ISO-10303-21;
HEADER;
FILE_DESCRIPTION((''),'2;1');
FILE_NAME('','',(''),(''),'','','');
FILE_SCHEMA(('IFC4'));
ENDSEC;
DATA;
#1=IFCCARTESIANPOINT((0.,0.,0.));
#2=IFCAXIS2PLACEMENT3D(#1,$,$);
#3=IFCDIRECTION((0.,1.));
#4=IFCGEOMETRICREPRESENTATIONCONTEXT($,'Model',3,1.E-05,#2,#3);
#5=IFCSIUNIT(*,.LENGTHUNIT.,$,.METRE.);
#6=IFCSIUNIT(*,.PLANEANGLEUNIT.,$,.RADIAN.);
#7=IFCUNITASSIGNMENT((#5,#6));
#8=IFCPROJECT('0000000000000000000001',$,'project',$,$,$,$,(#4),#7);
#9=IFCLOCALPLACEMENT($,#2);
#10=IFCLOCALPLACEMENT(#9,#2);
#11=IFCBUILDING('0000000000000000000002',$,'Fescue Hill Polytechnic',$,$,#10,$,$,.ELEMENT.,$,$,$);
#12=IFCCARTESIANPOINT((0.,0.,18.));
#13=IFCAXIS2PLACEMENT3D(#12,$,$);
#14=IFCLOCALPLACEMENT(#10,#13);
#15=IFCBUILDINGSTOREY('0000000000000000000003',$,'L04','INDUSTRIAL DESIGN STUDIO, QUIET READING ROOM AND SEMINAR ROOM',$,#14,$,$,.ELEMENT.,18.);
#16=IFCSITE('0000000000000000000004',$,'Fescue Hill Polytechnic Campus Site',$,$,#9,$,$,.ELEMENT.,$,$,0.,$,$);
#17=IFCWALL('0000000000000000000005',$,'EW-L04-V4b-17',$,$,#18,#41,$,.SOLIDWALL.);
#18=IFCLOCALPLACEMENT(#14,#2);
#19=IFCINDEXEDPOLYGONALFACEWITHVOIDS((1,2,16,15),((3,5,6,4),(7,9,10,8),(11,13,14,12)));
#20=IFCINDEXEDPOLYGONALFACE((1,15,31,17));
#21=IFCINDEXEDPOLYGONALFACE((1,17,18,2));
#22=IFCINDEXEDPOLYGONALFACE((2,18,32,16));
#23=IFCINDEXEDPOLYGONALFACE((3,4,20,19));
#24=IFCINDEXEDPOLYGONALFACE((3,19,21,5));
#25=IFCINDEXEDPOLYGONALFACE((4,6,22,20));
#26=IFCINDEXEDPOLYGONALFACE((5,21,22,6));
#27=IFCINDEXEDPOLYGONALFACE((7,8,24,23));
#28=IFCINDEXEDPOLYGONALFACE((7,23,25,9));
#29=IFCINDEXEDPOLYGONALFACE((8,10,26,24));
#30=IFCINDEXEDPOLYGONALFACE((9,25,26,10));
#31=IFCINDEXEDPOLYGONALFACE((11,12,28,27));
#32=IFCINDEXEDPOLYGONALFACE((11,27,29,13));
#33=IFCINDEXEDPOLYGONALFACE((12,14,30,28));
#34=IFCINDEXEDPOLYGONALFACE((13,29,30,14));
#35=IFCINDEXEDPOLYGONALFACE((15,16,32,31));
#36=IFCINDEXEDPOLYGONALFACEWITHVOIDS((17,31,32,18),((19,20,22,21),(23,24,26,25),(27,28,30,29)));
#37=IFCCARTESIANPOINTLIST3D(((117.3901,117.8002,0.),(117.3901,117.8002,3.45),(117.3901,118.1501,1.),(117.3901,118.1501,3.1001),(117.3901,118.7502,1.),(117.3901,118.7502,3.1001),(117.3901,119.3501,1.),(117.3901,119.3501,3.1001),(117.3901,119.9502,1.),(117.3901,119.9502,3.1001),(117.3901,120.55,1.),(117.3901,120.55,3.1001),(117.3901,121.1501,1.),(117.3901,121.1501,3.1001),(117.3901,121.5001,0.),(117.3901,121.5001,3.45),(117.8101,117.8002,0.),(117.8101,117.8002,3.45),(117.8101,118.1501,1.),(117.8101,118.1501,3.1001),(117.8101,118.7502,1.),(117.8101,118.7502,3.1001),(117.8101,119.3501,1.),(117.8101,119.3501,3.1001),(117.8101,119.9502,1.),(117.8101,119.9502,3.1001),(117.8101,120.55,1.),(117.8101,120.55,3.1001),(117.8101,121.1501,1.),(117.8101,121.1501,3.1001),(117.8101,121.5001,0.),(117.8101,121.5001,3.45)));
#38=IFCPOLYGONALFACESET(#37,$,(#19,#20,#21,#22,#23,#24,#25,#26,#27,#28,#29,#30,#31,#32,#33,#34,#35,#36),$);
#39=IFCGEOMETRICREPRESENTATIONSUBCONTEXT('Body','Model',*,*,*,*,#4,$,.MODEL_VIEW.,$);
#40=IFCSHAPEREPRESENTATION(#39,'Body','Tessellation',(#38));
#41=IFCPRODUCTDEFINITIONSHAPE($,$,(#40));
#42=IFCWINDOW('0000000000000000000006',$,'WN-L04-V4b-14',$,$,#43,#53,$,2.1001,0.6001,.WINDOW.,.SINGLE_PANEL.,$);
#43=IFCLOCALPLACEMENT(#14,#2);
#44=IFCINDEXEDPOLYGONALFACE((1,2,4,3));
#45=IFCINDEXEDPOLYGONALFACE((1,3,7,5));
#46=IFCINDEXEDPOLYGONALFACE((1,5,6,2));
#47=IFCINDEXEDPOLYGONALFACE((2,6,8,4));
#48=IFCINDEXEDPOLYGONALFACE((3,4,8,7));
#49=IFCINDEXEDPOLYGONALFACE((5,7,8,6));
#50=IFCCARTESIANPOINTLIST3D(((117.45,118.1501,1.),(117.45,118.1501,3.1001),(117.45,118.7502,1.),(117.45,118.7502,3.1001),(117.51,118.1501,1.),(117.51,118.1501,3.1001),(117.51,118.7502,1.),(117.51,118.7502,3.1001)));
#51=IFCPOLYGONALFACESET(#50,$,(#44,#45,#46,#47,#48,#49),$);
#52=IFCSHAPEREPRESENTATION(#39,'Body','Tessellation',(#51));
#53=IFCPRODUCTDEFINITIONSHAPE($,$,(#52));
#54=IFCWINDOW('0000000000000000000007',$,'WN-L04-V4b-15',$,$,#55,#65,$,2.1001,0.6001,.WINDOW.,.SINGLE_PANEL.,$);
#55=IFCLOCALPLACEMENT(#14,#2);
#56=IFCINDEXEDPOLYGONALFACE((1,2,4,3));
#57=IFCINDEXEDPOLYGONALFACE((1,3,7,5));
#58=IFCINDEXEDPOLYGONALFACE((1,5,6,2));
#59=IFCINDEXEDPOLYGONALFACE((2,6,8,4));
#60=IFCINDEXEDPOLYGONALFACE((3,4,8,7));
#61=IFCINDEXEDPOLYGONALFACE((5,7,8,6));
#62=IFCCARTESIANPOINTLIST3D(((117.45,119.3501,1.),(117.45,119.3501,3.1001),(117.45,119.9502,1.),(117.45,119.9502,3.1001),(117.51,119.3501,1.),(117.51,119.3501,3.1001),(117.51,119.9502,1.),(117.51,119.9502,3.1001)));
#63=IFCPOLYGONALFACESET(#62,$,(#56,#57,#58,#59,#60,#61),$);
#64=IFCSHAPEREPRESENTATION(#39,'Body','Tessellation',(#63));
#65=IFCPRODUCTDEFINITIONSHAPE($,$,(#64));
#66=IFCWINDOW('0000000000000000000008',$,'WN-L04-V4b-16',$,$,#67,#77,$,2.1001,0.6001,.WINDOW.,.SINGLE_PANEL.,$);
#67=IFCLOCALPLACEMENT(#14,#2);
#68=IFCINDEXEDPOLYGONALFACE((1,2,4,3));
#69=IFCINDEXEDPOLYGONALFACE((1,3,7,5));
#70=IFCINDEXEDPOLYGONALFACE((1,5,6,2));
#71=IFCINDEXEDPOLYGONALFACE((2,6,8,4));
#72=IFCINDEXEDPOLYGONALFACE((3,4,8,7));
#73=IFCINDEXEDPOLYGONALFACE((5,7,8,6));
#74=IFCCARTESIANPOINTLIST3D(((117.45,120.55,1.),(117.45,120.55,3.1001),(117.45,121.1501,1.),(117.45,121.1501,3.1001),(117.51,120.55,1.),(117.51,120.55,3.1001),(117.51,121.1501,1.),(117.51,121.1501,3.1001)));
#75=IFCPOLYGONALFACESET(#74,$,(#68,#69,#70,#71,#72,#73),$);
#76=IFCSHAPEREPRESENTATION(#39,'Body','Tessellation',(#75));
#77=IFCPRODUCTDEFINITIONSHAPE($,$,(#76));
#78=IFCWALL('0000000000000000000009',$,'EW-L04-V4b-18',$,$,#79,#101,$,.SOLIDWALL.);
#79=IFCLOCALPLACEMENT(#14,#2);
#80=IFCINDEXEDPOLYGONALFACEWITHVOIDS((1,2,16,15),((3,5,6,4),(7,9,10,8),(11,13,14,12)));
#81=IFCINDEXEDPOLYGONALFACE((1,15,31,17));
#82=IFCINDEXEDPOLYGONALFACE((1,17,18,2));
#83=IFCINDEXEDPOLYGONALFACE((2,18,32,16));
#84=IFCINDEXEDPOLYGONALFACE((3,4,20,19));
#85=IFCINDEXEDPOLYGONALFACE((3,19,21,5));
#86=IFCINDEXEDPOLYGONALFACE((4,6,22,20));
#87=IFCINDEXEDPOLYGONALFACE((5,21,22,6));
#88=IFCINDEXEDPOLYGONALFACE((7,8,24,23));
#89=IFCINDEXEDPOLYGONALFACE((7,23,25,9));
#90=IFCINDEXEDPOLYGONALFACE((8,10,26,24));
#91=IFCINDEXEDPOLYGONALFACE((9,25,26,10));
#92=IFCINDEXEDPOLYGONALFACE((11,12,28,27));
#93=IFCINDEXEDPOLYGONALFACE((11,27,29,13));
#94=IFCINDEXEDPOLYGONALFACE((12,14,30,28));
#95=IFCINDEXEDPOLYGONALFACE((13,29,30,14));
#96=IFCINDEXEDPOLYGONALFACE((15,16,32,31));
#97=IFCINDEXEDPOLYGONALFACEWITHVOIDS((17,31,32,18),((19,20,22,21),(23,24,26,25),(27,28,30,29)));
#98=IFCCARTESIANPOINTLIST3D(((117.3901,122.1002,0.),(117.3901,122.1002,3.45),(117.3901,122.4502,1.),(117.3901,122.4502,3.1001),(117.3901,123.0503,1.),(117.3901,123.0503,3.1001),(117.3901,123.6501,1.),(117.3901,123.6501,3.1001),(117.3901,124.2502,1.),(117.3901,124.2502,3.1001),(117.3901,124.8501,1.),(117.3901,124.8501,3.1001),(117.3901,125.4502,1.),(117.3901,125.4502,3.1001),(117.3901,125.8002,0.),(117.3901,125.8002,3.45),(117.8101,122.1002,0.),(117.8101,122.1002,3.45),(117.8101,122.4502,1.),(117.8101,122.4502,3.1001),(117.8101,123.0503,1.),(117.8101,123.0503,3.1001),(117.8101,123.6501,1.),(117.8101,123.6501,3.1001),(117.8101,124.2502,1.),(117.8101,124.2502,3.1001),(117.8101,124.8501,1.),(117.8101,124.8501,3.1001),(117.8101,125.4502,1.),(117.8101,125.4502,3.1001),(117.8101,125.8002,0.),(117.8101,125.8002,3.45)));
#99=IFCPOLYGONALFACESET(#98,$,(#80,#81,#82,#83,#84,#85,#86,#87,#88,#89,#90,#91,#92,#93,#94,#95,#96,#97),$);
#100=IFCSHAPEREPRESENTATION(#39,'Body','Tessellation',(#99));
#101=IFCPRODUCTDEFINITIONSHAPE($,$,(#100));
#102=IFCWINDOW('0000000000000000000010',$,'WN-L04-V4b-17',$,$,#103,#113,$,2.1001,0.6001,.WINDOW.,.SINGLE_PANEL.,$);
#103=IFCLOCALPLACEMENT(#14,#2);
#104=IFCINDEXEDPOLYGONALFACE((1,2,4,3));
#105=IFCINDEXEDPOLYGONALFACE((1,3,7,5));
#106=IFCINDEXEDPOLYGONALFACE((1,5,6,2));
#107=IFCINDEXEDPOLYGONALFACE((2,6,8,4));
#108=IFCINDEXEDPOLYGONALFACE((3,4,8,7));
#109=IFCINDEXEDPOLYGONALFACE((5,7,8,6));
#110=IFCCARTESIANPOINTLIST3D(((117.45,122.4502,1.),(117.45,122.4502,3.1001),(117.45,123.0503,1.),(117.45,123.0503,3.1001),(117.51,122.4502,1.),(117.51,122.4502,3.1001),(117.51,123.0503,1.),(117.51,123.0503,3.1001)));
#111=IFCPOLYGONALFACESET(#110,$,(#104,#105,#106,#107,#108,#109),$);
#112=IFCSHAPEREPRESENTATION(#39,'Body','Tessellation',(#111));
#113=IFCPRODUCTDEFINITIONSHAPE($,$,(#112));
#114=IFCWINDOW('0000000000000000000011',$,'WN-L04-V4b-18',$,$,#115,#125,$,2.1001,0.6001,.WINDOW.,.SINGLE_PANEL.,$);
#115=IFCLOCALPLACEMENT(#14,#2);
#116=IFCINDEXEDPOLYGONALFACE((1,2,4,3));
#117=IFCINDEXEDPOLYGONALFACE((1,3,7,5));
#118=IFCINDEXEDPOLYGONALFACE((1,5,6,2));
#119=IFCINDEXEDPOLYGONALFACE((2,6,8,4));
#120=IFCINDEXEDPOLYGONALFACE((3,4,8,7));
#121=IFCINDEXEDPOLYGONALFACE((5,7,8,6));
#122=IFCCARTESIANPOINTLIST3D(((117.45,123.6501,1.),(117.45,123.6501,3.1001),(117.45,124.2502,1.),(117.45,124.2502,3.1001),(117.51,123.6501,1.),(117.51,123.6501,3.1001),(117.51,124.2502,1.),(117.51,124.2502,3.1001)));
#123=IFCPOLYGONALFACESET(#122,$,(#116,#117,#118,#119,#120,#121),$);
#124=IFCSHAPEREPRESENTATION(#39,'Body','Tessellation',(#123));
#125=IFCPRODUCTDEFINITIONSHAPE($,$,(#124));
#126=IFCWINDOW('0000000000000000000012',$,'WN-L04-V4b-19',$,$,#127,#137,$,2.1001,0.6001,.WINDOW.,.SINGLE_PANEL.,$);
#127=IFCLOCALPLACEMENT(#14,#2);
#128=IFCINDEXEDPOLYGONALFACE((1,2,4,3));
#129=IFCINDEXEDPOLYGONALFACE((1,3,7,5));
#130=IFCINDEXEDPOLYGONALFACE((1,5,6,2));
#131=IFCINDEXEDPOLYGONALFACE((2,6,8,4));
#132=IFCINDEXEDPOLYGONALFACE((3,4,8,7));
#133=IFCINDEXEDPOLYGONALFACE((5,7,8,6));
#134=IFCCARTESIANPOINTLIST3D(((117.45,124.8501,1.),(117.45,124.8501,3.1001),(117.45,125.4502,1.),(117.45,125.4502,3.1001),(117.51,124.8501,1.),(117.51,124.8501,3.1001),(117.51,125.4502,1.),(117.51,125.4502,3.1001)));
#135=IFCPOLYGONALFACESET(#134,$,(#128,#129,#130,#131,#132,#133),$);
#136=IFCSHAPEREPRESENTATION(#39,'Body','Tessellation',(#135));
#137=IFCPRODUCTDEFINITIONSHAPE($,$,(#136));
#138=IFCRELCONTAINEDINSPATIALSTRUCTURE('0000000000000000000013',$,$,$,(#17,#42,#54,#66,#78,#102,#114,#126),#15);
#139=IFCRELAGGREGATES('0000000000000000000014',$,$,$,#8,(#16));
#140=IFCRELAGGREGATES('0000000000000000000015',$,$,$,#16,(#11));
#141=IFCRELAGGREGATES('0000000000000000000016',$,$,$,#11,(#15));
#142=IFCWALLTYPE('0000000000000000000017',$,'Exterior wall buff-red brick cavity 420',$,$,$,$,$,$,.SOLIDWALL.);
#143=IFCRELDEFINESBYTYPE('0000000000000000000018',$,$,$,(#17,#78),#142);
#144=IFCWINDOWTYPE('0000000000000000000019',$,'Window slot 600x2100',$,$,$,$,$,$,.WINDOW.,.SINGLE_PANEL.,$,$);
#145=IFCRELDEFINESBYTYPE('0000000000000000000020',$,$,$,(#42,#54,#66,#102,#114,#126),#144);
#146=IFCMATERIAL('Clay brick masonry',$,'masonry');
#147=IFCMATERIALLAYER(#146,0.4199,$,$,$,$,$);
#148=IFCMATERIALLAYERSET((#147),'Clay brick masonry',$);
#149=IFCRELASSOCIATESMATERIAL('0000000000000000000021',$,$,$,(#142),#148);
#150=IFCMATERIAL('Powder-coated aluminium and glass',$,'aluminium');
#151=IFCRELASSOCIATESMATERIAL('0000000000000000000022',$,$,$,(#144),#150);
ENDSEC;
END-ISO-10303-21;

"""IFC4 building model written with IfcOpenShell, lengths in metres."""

from ifc_helpers import new_model, si_unit, direction, frame, frame_2d, origin, place, context, subcontext, project, spatial, rectangle, extrude, material, layer, layer_set, type_object, element, fill, save


model = new_model("IFC4")

# Units and contexts
model_context = context("Model", 3, precision=1e-05, world=origin(), true_north=direction((0.0, 1.0)))
body_context = subcontext(model_context, "Body", "Model", "MODEL_VIEW")
ifc_project = project(units=[si_unit("LENGTHUNIT", "METRE"), si_unit("PLANEANGLEUNIT", "RADIAN")], contexts=[model_context])

# Site, building, storey
site_placement = place(None, origin())
site = spatial("IfcSite", under=ifc_project, at=site_placement, Name="Fescue Hill Polytechnic Campus Site", CompositionType="ELEMENT", RefElevation=0.0)
building_placement = place(site_placement, origin())
building = spatial("IfcBuilding", under=site, at=building_placement, Name="Fescue Hill Polytechnic", CompositionType="ELEMENT")
storey_placement = place(building_placement, frame((0.0, 0.0, 18.0)))
storey = spatial("IfcBuildingStorey", under=building, at=storey_placement, Name="L04", Description="INDUSTRIAL DESIGN STUDIO, QUIET READING ROOM AND SEMINAR ROOM", CompositionType="ELEMENT", Elevation=18.0)

# Shared definitions
ifc_material_1 = material(Name="Clay brick masonry", Category="masonry")

# Walls, openings, windows
ifc_layer_1 = layer(ifc_material_1, 0.4199)
ifc_layer_set_1 = layer_set([ifc_layer_1], Name="Clay brick masonry")
wall_type_1 = type_object("IfcWallType", Name="Exterior wall buff-red brick cavity 420", PredefinedType="SOLIDWALL", material=ifc_layer_set_1)
wall_1_placement = place(storey_placement, frame((117.6001, 117.8, 0.0), z_axis=(0.0, 0.0, 1.0), x_axis=(0.0, 1.0, 0.0)))
wall_1 = element("IfcWall", 1, at=wall_1_placement, inside=storey, type_object=wall_type_1, Name="EW-L04-V4b-17", PredefinedType="SOLIDWALL", context=body_context, shape_type="SweptSolid", body=[
    extrude(rectangle(XDim=3.7, YDim=0.4199, at=frame_2d((1.8501, 0.0))), origin(), (0.0, 0.0, 1.0), 3.45),
])
opening_1_placement = place(wall_1_placement, frame((0.3501, 0.0, 1.0)))
opening_1 = element("IfcOpeningElement", 2, at=opening_1_placement, cuts=wall_1, PredefinedType="OPENING", context=body_context, shape_type="SweptSolid", body=[
    extrude(rectangle(XDim=0.6001, YDim=2.1001, at=frame_2d((0.3, 1.05))), frame((0.0, 0.22, 0.0), z_axis=(0.0, -1.0, 0.0), x_axis=(1.0, 0.0, 0.0)), (0.0, 0.0, 1.0), 0.4399),
])
opening_2_placement = place(wall_1_placement, frame((1.55, 0.0, 1.0)))
opening_2 = element("IfcOpeningElement", 3, at=opening_2_placement, cuts=wall_1, PredefinedType="OPENING", context=body_context, shape_type="SweptSolid", body=[
    extrude(rectangle(XDim=0.6001, YDim=2.1001, at=frame_2d((0.3, 1.05))), frame((0.0, 0.22, 0.0), z_axis=(0.0, -1.0, 0.0), x_axis=(1.0, 0.0, 0.0)), (0.0, 0.0, 1.0), 0.4399),
])
opening_3_placement = place(wall_1_placement, frame((2.75, 0.0, 1.0)))
opening_3 = element("IfcOpeningElement", 4, at=opening_3_placement, cuts=wall_1, PredefinedType="OPENING", context=body_context, shape_type="SweptSolid", body=[
    extrude(rectangle(XDim=0.6001, YDim=2.1001, at=frame_2d((0.3, 1.05))), frame((0.0, 0.22, 0.0), z_axis=(0.0, -1.0, 0.0), x_axis=(1.0, 0.0, 0.0)), (0.0, 0.0, 1.0), 0.4399),
])
ifc_material_2 = material(Name="Powder-coated aluminium and glass", Category="aluminium")
window_type = type_object("IfcWindowType", Name="Window slot 600x2100", PartitioningType="SINGLE_PANEL", PredefinedType="WINDOW", material=ifc_material_2)
window_1_placement = place(opening_1_placement, origin())
window_1 = element("IfcWindow", 5, at=window_1_placement, inside=storey, type_object=window_type, Name="WN-L04-V4b-14", OverallHeight=2.1001, OverallWidth=0.6001, PartitioningType="SINGLE_PANEL", PredefinedType="WINDOW", context=body_context, shape_type="SweptSolid", body=[
    extrude(rectangle(XDim=0.6001, YDim=2.1001, at=frame_2d((0.3, 1.05))), frame((0.0, 0.1501, 0.0), z_axis=(0.0, -1.0, 0.0), x_axis=(1.0, 0.0, 0.0)), (0.0, 0.0, 1.0), 0.0601),
])
fill(opening_1, window_1)
window_2_placement = place(opening_2_placement, origin())
window_2 = element("IfcWindow", 6, at=window_2_placement, inside=storey, type_object=window_type, Name="WN-L04-V4b-15", OverallHeight=2.1001, OverallWidth=0.6001, PartitioningType="SINGLE_PANEL", PredefinedType="WINDOW", context=body_context, shape_type="SweptSolid", body=[
    extrude(rectangle(XDim=0.6001, YDim=2.1001, at=frame_2d((0.3, 1.05))), frame((0.0, 0.1501, 0.0), z_axis=(0.0, -1.0, 0.0), x_axis=(1.0, 0.0, 0.0)), (0.0, 0.0, 1.0), 0.0601),
])
fill(opening_2, window_2)
window_3_placement = place(opening_3_placement, origin())
window_3 = element("IfcWindow", 7, at=window_3_placement, inside=storey, type_object=window_type, Name="WN-L04-V4b-16", OverallHeight=2.1001, OverallWidth=0.6001, PartitioningType="SINGLE_PANEL", PredefinedType="WINDOW", context=body_context, shape_type="SweptSolid", body=[
    extrude(rectangle(XDim=0.6001, YDim=2.1001, at=frame_2d((0.3, 1.05))), frame((0.0, 0.1501, 0.0), z_axis=(0.0, -1.0, 0.0), x_axis=(1.0, 0.0, 0.0)), (0.0, 0.0, 1.0), 0.0601),
])
fill(opening_3, window_3)
wall_2_placement = place(storey_placement, frame((117.6001, 122.1001, 0.0), z_axis=(0.0, 0.0, 1.0), x_axis=(0.0, 1.0, 0.0)))
wall_2 = element("IfcWall", 8, at=wall_2_placement, inside=storey, type_object=wall_type_1, Name="EW-L04-V4b-18", PredefinedType="SOLIDWALL", context=body_context, shape_type="SweptSolid", body=[
    extrude(rectangle(XDim=3.7, YDim=0.4199, at=frame_2d((1.8501, 0.0))), origin(), (0.0, 0.0, 1.0), 3.45),
])
opening_4_placement = place(wall_2_placement, frame((0.3501, 0.0, 1.0)))
opening_4 = element("IfcOpeningElement", 9, at=opening_4_placement, cuts=wall_2, PredefinedType="OPENING", context=body_context, shape_type="SweptSolid", body=[
    extrude(rectangle(XDim=0.6001, YDim=2.1001, at=frame_2d((0.3, 1.05))), frame((0.0, 0.22, 0.0), z_axis=(0.0, -1.0, 0.0), x_axis=(1.0, 0.0, 0.0)), (0.0, 0.0, 1.0), 0.4399),
])
opening_5_placement = place(wall_2_placement, frame((1.55, 0.0, 1.0)))
opening_5 = element("IfcOpeningElement", 10, at=opening_5_placement, cuts=wall_2, PredefinedType="OPENING", context=body_context, shape_type="SweptSolid", body=[
    extrude(rectangle(XDim=0.6001, YDim=2.1001, at=frame_2d((0.3, 1.05))), frame((0.0, 0.22, 0.0), z_axis=(0.0, -1.0, 0.0), x_axis=(1.0, 0.0, 0.0)), (0.0, 0.0, 1.0), 0.4399),
])
opening_6_placement = place(wall_2_placement, frame((2.75, 0.0, 1.0)))
opening_6 = element("IfcOpeningElement", 11, at=opening_6_placement, cuts=wall_2, PredefinedType="OPENING", context=body_context, shape_type="SweptSolid", body=[
    extrude(rectangle(XDim=0.6001, YDim=2.1001, at=frame_2d((0.3, 1.05))), frame((0.0, 0.22, 0.0), z_axis=(0.0, -1.0, 0.0), x_axis=(1.0, 0.0, 0.0)), (0.0, 0.0, 1.0), 0.4399),
])
window_4_placement = place(opening_4_placement, origin())
window_4 = element("IfcWindow", 12, at=window_4_placement, inside=storey, type_object=window_type, Name="WN-L04-V4b-17", OverallHeight=2.1001, OverallWidth=0.6001, PartitioningType="SINGLE_PANEL", PredefinedType="WINDOW", context=body_context, shape_type="SweptSolid", body=[
    extrude(rectangle(XDim=0.6001, YDim=2.1001, at=frame_2d((0.3, 1.05))), frame((0.0, 0.1501, 0.0), z_axis=(0.0, -1.0, 0.0), x_axis=(1.0, 0.0, 0.0)), (0.0, 0.0, 1.0), 0.0601),
])
fill(opening_4, window_4)
window_5_placement = place(opening_5_placement, origin())
window_5 = element("IfcWindow", 13, at=window_5_placement, inside=storey, type_object=window_type, Name="WN-L04-V4b-18", OverallHeight=2.1001, OverallWidth=0.6001, PartitioningType="SINGLE_PANEL", PredefinedType="WINDOW", context=body_context, shape_type="SweptSolid", body=[
    extrude(rectangle(XDim=0.6001, YDim=2.1001, at=frame_2d((0.3, 1.05))), frame((0.0, 0.1501, 0.0), z_axis=(0.0, -1.0, 0.0), x_axis=(1.0, 0.0, 0.0)), (0.0, 0.0, 1.0), 0.0601),
])
fill(opening_5, window_5)
window_6_placement = place(opening_6_placement, origin())
window_6 = element("IfcWindow", 14, at=window_6_placement, inside=storey, type_object=window_type, Name="WN-L04-V4b-19", OverallHeight=2.1001, OverallWidth=0.6001, PartitioningType="SINGLE_PANEL", PredefinedType="WINDOW", context=body_context, shape_type="SweptSolid", body=[
    extrude(rectangle(XDim=0.6001, YDim=2.1001, at=frame_2d((0.3, 1.05))), frame((0.0, 0.1501, 0.0), z_axis=(0.0, -1.0, 0.0), x_axis=(1.0, 0.0, 0.0)), (0.0, 0.0, 1.0), 0.0601),
])
fill(opening_6, window_6)

save(model, "model.ifc")
